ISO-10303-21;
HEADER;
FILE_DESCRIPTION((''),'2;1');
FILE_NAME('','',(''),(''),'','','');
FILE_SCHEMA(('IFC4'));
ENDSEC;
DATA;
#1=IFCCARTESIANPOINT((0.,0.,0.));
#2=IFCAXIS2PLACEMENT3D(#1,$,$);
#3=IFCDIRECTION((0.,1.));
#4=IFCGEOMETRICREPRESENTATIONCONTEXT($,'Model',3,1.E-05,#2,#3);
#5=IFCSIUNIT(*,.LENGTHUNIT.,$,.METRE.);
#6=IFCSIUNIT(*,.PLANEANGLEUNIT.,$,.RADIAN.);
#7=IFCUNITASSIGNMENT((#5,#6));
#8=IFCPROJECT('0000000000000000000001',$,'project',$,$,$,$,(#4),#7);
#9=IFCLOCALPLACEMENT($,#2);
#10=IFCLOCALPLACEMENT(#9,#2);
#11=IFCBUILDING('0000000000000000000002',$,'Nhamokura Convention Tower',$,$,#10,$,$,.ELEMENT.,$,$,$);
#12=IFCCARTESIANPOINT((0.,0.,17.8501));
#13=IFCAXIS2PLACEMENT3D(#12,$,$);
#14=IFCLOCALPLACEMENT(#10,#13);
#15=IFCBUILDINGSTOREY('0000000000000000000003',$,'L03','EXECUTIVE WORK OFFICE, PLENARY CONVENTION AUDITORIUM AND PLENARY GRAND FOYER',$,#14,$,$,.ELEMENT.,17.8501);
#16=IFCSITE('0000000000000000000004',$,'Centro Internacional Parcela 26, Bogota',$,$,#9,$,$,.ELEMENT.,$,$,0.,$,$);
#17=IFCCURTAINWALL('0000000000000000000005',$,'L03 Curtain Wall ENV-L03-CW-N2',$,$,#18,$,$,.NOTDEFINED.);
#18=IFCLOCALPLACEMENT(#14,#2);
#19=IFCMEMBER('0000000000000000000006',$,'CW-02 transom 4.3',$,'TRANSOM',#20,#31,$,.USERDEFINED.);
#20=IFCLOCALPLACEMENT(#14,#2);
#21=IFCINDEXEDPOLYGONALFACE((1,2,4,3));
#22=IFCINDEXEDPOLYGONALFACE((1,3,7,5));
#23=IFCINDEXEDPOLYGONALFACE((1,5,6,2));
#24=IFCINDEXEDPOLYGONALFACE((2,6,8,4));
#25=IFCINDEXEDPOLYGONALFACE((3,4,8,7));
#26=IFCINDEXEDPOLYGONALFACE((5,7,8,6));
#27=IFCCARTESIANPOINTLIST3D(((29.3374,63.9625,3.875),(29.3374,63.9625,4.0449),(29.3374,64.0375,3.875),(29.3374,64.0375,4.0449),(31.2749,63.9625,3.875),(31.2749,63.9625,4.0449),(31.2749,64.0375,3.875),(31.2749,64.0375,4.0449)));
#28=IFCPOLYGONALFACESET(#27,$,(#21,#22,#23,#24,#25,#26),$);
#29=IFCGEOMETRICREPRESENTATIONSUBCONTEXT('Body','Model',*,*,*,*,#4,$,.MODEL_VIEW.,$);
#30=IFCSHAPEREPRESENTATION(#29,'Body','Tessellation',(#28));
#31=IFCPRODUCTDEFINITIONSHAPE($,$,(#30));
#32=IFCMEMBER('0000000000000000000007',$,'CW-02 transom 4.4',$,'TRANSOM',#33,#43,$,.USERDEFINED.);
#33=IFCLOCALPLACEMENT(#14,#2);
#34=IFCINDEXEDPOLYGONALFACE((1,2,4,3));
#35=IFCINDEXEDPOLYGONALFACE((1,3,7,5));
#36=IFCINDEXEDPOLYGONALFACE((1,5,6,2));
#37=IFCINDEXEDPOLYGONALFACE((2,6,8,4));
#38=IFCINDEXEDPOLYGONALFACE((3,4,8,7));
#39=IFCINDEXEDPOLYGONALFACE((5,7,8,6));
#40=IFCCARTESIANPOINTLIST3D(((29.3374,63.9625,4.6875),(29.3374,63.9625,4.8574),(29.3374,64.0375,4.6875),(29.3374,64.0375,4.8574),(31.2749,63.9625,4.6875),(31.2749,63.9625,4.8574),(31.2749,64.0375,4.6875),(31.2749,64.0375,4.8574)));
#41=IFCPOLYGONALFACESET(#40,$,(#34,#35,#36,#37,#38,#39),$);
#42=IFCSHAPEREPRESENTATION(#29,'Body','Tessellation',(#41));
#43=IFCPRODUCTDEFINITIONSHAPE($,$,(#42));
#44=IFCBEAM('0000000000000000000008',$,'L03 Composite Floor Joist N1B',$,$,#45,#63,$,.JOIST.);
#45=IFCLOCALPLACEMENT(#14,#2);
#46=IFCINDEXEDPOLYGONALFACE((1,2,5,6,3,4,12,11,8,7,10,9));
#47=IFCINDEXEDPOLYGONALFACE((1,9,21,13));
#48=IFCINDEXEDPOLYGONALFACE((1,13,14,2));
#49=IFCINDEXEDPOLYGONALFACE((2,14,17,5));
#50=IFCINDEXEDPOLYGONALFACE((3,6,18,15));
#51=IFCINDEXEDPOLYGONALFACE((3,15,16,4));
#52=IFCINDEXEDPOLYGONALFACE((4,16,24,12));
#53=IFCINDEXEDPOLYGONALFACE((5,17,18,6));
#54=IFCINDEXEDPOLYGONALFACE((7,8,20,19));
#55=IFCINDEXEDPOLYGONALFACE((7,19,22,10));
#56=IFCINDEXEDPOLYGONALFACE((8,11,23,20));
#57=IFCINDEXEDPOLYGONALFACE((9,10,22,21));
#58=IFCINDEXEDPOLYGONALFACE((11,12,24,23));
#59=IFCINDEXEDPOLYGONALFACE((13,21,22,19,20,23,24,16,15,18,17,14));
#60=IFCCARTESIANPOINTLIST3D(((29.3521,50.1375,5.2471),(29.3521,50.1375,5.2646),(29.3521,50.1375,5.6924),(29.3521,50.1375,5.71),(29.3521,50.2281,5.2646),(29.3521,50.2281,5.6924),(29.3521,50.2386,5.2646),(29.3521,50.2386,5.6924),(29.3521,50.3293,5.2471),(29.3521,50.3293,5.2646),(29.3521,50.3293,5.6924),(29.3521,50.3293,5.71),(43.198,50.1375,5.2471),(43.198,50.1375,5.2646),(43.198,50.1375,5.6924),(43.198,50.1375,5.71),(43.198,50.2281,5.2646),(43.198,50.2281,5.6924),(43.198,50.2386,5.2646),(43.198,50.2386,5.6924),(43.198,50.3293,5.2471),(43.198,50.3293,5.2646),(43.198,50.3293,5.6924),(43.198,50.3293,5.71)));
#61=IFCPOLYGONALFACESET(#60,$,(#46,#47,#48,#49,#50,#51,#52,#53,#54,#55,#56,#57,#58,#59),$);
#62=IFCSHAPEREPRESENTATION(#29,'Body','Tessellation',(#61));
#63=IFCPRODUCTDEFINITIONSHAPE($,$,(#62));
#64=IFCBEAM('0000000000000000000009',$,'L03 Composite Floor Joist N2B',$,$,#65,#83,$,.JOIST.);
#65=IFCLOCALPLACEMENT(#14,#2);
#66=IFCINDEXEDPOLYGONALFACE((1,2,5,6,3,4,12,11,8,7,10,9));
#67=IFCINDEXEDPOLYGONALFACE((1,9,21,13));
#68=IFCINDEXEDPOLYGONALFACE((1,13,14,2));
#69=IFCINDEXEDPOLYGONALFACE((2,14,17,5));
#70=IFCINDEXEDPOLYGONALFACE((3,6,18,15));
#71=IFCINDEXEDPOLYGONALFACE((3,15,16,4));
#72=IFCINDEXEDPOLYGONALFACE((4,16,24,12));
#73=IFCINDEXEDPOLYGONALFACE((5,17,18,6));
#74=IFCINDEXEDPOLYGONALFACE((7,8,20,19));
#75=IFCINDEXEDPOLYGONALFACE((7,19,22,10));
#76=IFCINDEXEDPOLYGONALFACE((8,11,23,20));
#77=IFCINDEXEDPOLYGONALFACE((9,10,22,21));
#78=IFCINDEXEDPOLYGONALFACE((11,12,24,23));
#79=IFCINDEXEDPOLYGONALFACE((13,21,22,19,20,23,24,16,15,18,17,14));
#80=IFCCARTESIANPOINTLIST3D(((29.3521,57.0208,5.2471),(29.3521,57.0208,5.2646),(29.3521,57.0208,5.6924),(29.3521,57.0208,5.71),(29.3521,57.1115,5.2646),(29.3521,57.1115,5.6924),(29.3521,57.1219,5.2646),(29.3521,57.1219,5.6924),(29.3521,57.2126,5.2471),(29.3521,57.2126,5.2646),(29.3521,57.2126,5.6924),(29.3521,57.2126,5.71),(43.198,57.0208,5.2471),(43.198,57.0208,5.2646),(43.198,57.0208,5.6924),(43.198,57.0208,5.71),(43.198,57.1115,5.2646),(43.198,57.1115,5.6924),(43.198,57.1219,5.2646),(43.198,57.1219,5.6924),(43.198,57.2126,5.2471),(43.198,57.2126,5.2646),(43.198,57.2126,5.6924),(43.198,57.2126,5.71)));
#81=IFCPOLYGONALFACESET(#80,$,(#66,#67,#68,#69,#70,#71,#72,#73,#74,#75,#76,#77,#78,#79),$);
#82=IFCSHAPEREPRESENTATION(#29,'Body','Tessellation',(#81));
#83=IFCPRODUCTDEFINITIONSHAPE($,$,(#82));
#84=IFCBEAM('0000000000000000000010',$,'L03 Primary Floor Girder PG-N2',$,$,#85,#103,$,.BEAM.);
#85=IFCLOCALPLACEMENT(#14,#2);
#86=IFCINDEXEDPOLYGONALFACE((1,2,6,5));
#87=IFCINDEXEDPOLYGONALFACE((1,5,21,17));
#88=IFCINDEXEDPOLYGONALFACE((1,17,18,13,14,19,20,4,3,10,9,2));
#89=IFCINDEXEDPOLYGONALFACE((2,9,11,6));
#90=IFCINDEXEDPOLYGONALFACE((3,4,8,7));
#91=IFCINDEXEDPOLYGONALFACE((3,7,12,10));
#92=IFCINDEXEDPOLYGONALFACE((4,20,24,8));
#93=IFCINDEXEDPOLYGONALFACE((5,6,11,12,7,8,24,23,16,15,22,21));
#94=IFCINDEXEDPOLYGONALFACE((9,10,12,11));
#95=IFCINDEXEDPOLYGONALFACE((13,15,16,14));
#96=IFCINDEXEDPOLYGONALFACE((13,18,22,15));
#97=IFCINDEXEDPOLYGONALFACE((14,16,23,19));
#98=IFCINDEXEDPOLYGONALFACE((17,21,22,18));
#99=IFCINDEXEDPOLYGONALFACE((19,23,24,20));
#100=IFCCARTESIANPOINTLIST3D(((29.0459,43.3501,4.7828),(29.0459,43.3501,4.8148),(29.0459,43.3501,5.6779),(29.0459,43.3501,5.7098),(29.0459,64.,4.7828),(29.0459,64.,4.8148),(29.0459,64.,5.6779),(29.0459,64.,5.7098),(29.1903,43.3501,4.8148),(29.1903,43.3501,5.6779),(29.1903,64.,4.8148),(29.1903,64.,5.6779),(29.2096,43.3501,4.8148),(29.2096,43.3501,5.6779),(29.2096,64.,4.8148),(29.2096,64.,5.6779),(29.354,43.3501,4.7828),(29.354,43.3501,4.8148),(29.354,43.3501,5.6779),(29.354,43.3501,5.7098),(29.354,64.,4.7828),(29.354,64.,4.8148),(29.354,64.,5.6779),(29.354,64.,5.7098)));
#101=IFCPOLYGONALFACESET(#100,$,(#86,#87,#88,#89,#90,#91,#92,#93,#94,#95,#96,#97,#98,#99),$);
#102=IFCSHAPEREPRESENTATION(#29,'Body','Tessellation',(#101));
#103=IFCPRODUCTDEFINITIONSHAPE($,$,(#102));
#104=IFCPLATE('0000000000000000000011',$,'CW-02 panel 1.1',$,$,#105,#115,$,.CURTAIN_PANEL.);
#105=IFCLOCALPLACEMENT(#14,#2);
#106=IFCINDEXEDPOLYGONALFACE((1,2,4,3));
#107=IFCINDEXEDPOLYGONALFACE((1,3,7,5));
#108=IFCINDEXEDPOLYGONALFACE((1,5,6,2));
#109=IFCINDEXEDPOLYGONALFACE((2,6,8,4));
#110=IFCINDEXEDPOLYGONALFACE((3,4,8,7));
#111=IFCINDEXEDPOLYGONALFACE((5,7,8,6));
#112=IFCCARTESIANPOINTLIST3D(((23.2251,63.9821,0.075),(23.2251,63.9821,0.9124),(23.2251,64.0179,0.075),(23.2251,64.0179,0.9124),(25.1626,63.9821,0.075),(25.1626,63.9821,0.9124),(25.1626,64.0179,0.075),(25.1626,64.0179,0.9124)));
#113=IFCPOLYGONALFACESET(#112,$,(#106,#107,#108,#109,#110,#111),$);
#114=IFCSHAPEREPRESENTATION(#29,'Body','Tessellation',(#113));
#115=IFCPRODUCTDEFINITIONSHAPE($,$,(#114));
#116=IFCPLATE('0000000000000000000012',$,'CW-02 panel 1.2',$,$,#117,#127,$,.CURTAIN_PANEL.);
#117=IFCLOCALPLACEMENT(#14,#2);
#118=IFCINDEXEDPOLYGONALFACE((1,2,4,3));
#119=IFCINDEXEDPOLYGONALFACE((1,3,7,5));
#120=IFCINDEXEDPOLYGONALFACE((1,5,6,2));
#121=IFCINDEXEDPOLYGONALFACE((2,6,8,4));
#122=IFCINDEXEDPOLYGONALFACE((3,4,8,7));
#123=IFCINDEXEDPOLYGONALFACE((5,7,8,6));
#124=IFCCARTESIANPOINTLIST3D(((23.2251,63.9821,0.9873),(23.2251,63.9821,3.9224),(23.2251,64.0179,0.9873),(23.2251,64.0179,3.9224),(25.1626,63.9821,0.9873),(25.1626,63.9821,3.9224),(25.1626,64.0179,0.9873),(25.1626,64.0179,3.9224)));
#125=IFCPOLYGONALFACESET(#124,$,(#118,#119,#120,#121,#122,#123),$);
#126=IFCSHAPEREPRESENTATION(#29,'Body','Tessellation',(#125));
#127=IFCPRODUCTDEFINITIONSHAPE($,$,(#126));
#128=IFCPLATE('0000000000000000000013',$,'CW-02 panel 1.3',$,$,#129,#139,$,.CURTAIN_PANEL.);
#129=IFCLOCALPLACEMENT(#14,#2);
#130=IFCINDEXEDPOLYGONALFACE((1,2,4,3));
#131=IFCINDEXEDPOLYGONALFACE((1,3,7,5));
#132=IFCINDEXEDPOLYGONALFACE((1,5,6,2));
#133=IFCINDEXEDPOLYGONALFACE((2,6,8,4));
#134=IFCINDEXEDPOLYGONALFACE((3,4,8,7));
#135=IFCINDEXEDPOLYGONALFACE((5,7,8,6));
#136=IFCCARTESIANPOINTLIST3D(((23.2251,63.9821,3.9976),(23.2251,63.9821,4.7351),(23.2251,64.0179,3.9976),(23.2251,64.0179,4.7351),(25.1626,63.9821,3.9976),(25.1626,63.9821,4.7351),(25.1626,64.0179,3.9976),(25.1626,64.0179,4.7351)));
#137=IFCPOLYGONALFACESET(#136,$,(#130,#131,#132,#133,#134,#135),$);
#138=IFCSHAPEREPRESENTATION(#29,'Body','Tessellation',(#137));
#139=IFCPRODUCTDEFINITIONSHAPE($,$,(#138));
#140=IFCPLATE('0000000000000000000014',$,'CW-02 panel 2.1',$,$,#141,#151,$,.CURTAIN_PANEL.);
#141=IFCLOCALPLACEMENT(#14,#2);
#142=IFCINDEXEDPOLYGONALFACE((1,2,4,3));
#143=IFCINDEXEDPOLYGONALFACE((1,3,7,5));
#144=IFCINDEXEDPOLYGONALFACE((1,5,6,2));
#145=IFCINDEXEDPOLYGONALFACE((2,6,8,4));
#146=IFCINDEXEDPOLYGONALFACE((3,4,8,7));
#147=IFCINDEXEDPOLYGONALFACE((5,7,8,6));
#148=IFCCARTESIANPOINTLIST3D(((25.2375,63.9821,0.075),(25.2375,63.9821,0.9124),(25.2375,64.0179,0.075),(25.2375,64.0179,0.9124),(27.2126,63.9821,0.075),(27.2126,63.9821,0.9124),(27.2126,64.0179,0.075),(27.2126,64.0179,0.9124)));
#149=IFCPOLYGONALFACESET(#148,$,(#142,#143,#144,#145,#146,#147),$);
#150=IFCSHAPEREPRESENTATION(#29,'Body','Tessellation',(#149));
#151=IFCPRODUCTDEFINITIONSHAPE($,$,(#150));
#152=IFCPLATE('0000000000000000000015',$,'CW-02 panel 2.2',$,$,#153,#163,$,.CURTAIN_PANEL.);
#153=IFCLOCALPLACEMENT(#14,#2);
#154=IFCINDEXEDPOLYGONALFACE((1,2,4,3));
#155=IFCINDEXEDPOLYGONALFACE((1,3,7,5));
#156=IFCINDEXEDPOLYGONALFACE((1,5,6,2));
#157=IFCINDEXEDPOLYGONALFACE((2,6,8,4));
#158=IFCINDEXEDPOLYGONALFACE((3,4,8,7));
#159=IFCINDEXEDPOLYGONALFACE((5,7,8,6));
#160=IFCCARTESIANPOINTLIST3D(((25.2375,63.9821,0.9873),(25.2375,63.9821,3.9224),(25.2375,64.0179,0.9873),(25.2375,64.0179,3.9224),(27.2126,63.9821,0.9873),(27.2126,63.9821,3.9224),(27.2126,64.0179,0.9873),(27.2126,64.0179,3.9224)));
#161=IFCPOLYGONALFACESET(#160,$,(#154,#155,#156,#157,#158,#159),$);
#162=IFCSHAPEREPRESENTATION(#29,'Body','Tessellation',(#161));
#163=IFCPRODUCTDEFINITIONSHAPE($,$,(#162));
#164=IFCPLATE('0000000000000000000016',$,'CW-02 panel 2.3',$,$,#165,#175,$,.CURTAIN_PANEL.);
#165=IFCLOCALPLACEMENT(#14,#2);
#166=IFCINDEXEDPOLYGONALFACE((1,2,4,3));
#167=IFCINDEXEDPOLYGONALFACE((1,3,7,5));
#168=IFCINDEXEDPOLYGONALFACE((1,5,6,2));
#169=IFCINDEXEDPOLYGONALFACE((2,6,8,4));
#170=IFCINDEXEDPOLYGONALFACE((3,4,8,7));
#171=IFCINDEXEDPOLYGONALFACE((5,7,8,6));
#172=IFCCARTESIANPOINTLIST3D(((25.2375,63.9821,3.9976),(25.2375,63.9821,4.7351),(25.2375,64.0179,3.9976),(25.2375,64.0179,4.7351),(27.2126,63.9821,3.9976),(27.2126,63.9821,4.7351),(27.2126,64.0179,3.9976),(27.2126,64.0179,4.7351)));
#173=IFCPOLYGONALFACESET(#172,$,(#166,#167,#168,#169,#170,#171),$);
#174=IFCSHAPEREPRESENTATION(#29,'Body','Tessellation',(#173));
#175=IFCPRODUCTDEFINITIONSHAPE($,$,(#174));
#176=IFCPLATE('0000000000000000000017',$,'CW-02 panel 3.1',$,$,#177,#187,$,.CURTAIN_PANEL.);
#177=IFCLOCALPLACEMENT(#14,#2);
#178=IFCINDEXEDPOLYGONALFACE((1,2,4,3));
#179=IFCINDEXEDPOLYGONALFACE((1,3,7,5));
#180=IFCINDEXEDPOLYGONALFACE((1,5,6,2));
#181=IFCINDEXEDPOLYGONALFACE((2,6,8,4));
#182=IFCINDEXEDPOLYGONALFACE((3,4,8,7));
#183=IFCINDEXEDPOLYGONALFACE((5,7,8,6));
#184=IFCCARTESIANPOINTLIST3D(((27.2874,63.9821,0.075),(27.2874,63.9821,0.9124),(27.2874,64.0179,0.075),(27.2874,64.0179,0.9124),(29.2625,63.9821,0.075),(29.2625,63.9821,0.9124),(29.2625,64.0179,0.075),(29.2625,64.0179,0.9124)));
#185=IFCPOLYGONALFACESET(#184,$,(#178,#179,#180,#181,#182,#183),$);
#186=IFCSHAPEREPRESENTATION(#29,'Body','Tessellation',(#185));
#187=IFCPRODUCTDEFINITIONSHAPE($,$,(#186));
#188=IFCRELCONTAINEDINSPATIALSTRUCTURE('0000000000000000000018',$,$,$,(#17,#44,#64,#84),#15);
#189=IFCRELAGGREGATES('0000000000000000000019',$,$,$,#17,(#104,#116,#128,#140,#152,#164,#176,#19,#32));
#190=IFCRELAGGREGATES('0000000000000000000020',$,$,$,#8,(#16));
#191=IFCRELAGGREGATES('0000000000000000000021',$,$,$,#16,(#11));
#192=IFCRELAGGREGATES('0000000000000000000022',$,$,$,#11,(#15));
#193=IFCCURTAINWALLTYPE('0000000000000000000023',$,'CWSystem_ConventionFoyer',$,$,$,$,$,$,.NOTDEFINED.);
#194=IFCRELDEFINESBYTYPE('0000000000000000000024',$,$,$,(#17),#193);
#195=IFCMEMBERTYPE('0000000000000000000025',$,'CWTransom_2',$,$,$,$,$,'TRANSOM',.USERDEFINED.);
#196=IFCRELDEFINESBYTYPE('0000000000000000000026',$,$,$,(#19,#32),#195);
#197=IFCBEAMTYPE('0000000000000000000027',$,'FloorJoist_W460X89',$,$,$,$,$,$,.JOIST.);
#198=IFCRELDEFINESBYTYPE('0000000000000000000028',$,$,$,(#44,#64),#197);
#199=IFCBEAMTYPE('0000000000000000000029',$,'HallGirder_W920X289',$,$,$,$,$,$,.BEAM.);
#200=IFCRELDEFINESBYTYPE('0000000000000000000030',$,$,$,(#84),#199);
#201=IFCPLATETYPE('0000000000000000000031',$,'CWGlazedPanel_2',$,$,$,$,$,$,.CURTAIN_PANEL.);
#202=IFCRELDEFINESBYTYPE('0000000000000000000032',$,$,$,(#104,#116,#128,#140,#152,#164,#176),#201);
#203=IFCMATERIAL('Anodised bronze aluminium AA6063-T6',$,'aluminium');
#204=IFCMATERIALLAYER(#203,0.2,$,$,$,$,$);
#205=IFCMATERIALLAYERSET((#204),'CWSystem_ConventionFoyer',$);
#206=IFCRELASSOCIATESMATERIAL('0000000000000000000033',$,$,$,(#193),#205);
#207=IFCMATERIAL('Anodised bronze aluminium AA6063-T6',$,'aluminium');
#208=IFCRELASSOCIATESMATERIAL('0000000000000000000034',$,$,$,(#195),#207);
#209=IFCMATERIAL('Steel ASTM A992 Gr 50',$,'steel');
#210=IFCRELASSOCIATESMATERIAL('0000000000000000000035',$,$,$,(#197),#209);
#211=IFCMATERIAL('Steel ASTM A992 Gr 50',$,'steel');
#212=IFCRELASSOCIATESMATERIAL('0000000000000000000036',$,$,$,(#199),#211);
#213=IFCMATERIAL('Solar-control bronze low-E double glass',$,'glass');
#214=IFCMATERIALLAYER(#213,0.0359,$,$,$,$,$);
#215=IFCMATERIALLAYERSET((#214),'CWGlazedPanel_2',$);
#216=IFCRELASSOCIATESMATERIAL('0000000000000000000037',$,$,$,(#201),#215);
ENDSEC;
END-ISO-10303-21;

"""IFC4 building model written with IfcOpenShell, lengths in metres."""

from ifc_helpers import new_model, si_unit, direction, frame, origin, origin_2d, place, context, subcontext, project, spatial, rectangle, i_section, extrude, material, layer, layer_set, material_profile, profile_set, type_object, element, aggregate, save


model = new_model("IFC4")

# Units and contexts
model_context = context("Model", 3, precision=1e-05, world=origin(), true_north=direction((0.0, 1.0)))
body_context = subcontext(model_context, "Body", "Model", "MODEL_VIEW")
ifc_project = project(units=[si_unit("LENGTHUNIT", "METRE"), si_unit("PLANEANGLEUNIT", "RADIAN")], contexts=[model_context])

# Site, building, storey
site_placement = place(None, origin())
site = spatial("IfcSite", under=ifc_project, at=site_placement, Name="Centro Internacional Parcela 26, Bogota", CompositionType="ELEMENT", RefElevation=0.0)
building_placement = place(site_placement, origin())
building = spatial("IfcBuilding", under=site, at=building_placement, Name="Nhamokura Convention Tower", CompositionType="ELEMENT")
storey_placement = place(building_placement, frame((0.0, 0.0, 17.8501)))
storey = spatial("IfcBuildingStorey", under=building, at=storey_placement, Name="L03", Description="EXECUTIVE WORK OFFICE, PLENARY CONVENTION AUDITORIUM AND PLENARY GRAND FOYER", CompositionType="ELEMENT", Elevation=17.8501)

# Curtain wall, members
ifc_material_1 = material(Name="Anodised bronze aluminium AA6063-T6", Category="aluminium")
ifc_layer_1 = layer(ifc_material_1, 0.2)
ifc_layer_set_1 = layer_set([ifc_layer_1], Name="CWSystem_ConventionFoyer")
curtain_wall_type = type_object("IfcCurtainWallType", Name="CWSystem_ConventionFoyer", PredefinedType="NOTDEFINED", material=ifc_layer_set_1)
curtain_wall_placement = place(storey_placement, origin())
curtain_wall = element("IfcCurtainWall", 1, at=curtain_wall_placement, inside=storey, type_object=curtain_wall_type, Name="L03 Curtain Wall ENV-L03-CW-N2", PredefinedType="NOTDEFINED")
ifc_material_2 = material(Name="Anodised bronze aluminium AA6063-T6", Category="aluminium")
ifc_material_profile_1 = material_profile(ifc_material_2, rectangle(XDim=0.075, YDim=0.1699, at=origin_2d()))
ifc_profile_set_1 = profile_set([ifc_material_profile_1], Name="Anodised bronze aluminium AA6063-T6")
member_type_1 = type_object("IfcMemberType", Name="CWTransom_2", ElementType="TRANSOM", PredefinedType="USERDEFINED", material=ifc_profile_set_1)
member_1_placement = place(storey_placement, frame((29.3374, 64.0, 3.96), z_axis=(1.0, 0.0, 0.0), x_axis=(0.0, 1.0, 0.0)))
member_1 = element("IfcMember", 2, at=member_1_placement, type_object=member_type_1, Name="CW-02 transom 4.3", ObjectType="TRANSOM", PredefinedType="USERDEFINED", context=body_context, shape_type="SweptSolid", body=[
    extrude(rectangle(XDim=0.075, YDim=0.1699, at=origin_2d()), origin(), (0.0, 0.0, 1.0), 1.9375),
])
member_2_placement = place(storey_placement, frame((29.3374, 64.0, 4.7725), z_axis=(1.0, 0.0, 0.0), x_axis=(0.0, 1.0, 0.0)))
member_2 = element("IfcMember", 3, at=member_2_placement, type_object=member_type_1, Name="CW-02 transom 4.4", ObjectType="TRANSOM", PredefinedType="USERDEFINED", context=body_context, shape_type="SweptSolid", body=[
    extrude(rectangle(XDim=0.075, YDim=0.1699, at=origin_2d()), origin(), (0.0, 0.0, 1.0), 1.9375),
])

# Beams
ifc_material_3 = material(Name="Steel ASTM A992 Gr 50", Category="steel")
ifc_material_profile_2 = material_profile(ifc_material_3, i_section(OverallWidth=0.1919, OverallDepth=0.4629, WebThickness=0.0105, FlangeThickness=0.0176, at=origin_2d()))
ifc_profile_set_2 = profile_set([ifc_material_profile_2], Name="Steel ASTM A992 Gr 50")
beam_type_1 = type_object("IfcBeamType", Name="FloorJoist_W460X89", PredefinedType="JOIST", material=ifc_profile_set_2)
for number, where, z_axis, x_axis, name in (
    (4, (29.3521, 50.2334, 5.4785), (1.0, 0.0, 0.0), (0.0, 1.0, 0.0), "L03 Composite Floor Joist N1B"),
    (5, (29.3521, 57.1167, 5.4785), (1.0, 0.0, 0.0), (0.0, 1.0, 0.0), "L03 Composite Floor Joist N2B"),
):
    element("IfcBeam", number, at=place(storey_placement, frame(where, z_axis=z_axis, x_axis=x_axis)), inside=storey, type_object=beam_type_1, Name=name, PredefinedType="JOIST", context=body_context, shape_type="SweptSolid", body=[
        extrude(i_section(OverallWidth=0.1919, OverallDepth=0.4629, WebThickness=0.0105, FlangeThickness=0.0176, at=origin_2d()), origin(), (0.0, 0.0, 1.0), 13.8459),
    ])
ifc_material_4 = material(Name="Steel ASTM A992 Gr 50", Category="steel")
ifc_material_profile_3 = material_profile(ifc_material_4, i_section(OverallWidth=0.3081, OverallDepth=0.927, WebThickness=0.0193, FlangeThickness=0.032, at=origin_2d()))
ifc_profile_set_3 = profile_set([ifc_material_profile_3], Name="Steel ASTM A992 Gr 50")
beam_type_2 = type_object("IfcBeamType", Name="HallGirder_W920X289", PredefinedType="BEAM", material=ifc_profile_set_3)
beam_placement = place(storey_placement, frame((29.2, 43.3501, 5.2463), z_axis=(0.0, 1.0, 0.0), x_axis=(-1.0, 0.0, 0.0)))
element("IfcBeam", 6, at=beam_placement, inside=storey, type_object=beam_type_2, Name="L03 Primary Floor Girder PG-N2", PredefinedType="BEAM", context=body_context, shape_type="SweptSolid", body=[
    extrude(i_section(OverallWidth=0.3081, OverallDepth=0.927, WebThickness=0.0193, FlangeThickness=0.032, at=origin_2d()), origin(), (0.0, 0.0, 1.0), 20.6499),
])

# Plates
ifc_material_5 = material(Name="Solar-control bronze low-E double glass", Category="glass")
ifc_layer_2 = layer(ifc_material_5, 0.0359)
ifc_layer_set_2 = layer_set([ifc_layer_2], Name="CWGlazedPanel_2")
plate_type = type_object("IfcPlateType", Name="CWGlazedPanel_2", PredefinedType="CURTAIN_PANEL", material=ifc_layer_set_2)
plate_1_placement = place(storey_placement, frame((24.1938, 64.0, 0.075), z_axis=(0.0, 0.0, 1.0), x_axis=(1.0, 0.0, 0.0)))
plate_1 = element("IfcPlate", 7, at=plate_1_placement, type_object=plate_type, Name="CW-02 panel 1.1", PredefinedType="CURTAIN_PANEL", context=body_context, shape_type="SweptSolid", body=[
    extrude(rectangle(XDim=1.9375, YDim=0.0359, at=origin_2d()), origin(), (0.0, 0.0, 1.0), 0.8374),
])
plate_2_placement = place(storey_placement, frame((24.1938, 64.0, 0.9873), z_axis=(0.0, 0.0, 1.0), x_axis=(1.0, 0.0, 0.0)))
plate_2 = element("IfcPlate", 8, at=plate_2_placement, type_object=plate_type, Name="CW-02 panel 1.2", PredefinedType="CURTAIN_PANEL", context=body_context, shape_type="SweptSolid", body=[
    extrude(rectangle(XDim=1.9375, YDim=0.0359, at=origin_2d()), origin(), (0.0, 0.0, 1.0), 2.9351),
])
plate_3_placement = place(storey_placement, frame((24.1938, 64.0, 3.9976), z_axis=(0.0, 0.0, 1.0), x_axis=(1.0, 0.0, 0.0)))
plate_3 = element("IfcPlate", 9, at=plate_3_placement, type_object=plate_type, Name="CW-02 panel 1.3", PredefinedType="CURTAIN_PANEL", context=body_context, shape_type="SweptSolid", body=[
    extrude(rectangle(XDim=1.9375, YDim=0.0359, at=origin_2d()), origin(), (0.0, 0.0, 1.0), 0.7375),
])
plate_4_placement = place(storey_placement, frame((26.2251, 64.0, 0.075), z_axis=(0.0, 0.0, 1.0), x_axis=(1.0, 0.0, 0.0)))
plate_4 = element("IfcPlate", 10, at=plate_4_placement, type_object=plate_type, Name="CW-02 panel 2.1", PredefinedType="CURTAIN_PANEL", context=body_context, shape_type="SweptSolid", body=[
    extrude(rectangle(XDim=1.9751, YDim=0.0359, at=origin_2d()), origin(), (0.0, 0.0, 1.0), 0.8374),
])
plate_5_placement = place(storey_placement, frame((26.2251, 64.0, 0.9873), z_axis=(0.0, 0.0, 1.0), x_axis=(1.0, 0.0, 0.0)))
plate_5 = element("IfcPlate", 11, at=plate_5_placement, type_object=plate_type, Name="CW-02 panel 2.2", PredefinedType="CURTAIN_PANEL", context=body_context, shape_type="SweptSolid", body=[
    extrude(rectangle(XDim=1.9751, YDim=0.0359, at=origin_2d()), origin(), (0.0, 0.0, 1.0), 2.9351),
])
plate_6_placement = place(storey_placement, frame((26.2251, 64.0, 3.9976), z_axis=(0.0, 0.0, 1.0), x_axis=(1.0, 0.0, 0.0)))
plate_6 = element("IfcPlate", 12, at=plate_6_placement, type_object=plate_type, Name="CW-02 panel 2.3", PredefinedType="CURTAIN_PANEL", context=body_context, shape_type="SweptSolid", body=[
    extrude(rectangle(XDim=1.9751, YDim=0.0359, at=origin_2d()), origin(), (0.0, 0.0, 1.0), 0.7375),
])
plate_7_placement = place(storey_placement, frame((28.2749, 64.0, 0.075), z_axis=(0.0, 0.0, 1.0), x_axis=(1.0, 0.0, 0.0)))
plate_7 = element("IfcPlate", 13, at=plate_7_placement, type_object=plate_type, Name="CW-02 panel 3.1", PredefinedType="CURTAIN_PANEL", context=body_context, shape_type="SweptSolid", body=[
    extrude(rectangle(XDim=1.9751, YDim=0.0359, at=origin_2d()), origin(), (0.0, 0.0, 1.0), 0.8374),
])
aggregate(curtain_wall, [plate_1, plate_2, plate_3, plate_4, plate_5, plate_6, plate_7, member_1, member_2])

save(model, "model.ifc")
